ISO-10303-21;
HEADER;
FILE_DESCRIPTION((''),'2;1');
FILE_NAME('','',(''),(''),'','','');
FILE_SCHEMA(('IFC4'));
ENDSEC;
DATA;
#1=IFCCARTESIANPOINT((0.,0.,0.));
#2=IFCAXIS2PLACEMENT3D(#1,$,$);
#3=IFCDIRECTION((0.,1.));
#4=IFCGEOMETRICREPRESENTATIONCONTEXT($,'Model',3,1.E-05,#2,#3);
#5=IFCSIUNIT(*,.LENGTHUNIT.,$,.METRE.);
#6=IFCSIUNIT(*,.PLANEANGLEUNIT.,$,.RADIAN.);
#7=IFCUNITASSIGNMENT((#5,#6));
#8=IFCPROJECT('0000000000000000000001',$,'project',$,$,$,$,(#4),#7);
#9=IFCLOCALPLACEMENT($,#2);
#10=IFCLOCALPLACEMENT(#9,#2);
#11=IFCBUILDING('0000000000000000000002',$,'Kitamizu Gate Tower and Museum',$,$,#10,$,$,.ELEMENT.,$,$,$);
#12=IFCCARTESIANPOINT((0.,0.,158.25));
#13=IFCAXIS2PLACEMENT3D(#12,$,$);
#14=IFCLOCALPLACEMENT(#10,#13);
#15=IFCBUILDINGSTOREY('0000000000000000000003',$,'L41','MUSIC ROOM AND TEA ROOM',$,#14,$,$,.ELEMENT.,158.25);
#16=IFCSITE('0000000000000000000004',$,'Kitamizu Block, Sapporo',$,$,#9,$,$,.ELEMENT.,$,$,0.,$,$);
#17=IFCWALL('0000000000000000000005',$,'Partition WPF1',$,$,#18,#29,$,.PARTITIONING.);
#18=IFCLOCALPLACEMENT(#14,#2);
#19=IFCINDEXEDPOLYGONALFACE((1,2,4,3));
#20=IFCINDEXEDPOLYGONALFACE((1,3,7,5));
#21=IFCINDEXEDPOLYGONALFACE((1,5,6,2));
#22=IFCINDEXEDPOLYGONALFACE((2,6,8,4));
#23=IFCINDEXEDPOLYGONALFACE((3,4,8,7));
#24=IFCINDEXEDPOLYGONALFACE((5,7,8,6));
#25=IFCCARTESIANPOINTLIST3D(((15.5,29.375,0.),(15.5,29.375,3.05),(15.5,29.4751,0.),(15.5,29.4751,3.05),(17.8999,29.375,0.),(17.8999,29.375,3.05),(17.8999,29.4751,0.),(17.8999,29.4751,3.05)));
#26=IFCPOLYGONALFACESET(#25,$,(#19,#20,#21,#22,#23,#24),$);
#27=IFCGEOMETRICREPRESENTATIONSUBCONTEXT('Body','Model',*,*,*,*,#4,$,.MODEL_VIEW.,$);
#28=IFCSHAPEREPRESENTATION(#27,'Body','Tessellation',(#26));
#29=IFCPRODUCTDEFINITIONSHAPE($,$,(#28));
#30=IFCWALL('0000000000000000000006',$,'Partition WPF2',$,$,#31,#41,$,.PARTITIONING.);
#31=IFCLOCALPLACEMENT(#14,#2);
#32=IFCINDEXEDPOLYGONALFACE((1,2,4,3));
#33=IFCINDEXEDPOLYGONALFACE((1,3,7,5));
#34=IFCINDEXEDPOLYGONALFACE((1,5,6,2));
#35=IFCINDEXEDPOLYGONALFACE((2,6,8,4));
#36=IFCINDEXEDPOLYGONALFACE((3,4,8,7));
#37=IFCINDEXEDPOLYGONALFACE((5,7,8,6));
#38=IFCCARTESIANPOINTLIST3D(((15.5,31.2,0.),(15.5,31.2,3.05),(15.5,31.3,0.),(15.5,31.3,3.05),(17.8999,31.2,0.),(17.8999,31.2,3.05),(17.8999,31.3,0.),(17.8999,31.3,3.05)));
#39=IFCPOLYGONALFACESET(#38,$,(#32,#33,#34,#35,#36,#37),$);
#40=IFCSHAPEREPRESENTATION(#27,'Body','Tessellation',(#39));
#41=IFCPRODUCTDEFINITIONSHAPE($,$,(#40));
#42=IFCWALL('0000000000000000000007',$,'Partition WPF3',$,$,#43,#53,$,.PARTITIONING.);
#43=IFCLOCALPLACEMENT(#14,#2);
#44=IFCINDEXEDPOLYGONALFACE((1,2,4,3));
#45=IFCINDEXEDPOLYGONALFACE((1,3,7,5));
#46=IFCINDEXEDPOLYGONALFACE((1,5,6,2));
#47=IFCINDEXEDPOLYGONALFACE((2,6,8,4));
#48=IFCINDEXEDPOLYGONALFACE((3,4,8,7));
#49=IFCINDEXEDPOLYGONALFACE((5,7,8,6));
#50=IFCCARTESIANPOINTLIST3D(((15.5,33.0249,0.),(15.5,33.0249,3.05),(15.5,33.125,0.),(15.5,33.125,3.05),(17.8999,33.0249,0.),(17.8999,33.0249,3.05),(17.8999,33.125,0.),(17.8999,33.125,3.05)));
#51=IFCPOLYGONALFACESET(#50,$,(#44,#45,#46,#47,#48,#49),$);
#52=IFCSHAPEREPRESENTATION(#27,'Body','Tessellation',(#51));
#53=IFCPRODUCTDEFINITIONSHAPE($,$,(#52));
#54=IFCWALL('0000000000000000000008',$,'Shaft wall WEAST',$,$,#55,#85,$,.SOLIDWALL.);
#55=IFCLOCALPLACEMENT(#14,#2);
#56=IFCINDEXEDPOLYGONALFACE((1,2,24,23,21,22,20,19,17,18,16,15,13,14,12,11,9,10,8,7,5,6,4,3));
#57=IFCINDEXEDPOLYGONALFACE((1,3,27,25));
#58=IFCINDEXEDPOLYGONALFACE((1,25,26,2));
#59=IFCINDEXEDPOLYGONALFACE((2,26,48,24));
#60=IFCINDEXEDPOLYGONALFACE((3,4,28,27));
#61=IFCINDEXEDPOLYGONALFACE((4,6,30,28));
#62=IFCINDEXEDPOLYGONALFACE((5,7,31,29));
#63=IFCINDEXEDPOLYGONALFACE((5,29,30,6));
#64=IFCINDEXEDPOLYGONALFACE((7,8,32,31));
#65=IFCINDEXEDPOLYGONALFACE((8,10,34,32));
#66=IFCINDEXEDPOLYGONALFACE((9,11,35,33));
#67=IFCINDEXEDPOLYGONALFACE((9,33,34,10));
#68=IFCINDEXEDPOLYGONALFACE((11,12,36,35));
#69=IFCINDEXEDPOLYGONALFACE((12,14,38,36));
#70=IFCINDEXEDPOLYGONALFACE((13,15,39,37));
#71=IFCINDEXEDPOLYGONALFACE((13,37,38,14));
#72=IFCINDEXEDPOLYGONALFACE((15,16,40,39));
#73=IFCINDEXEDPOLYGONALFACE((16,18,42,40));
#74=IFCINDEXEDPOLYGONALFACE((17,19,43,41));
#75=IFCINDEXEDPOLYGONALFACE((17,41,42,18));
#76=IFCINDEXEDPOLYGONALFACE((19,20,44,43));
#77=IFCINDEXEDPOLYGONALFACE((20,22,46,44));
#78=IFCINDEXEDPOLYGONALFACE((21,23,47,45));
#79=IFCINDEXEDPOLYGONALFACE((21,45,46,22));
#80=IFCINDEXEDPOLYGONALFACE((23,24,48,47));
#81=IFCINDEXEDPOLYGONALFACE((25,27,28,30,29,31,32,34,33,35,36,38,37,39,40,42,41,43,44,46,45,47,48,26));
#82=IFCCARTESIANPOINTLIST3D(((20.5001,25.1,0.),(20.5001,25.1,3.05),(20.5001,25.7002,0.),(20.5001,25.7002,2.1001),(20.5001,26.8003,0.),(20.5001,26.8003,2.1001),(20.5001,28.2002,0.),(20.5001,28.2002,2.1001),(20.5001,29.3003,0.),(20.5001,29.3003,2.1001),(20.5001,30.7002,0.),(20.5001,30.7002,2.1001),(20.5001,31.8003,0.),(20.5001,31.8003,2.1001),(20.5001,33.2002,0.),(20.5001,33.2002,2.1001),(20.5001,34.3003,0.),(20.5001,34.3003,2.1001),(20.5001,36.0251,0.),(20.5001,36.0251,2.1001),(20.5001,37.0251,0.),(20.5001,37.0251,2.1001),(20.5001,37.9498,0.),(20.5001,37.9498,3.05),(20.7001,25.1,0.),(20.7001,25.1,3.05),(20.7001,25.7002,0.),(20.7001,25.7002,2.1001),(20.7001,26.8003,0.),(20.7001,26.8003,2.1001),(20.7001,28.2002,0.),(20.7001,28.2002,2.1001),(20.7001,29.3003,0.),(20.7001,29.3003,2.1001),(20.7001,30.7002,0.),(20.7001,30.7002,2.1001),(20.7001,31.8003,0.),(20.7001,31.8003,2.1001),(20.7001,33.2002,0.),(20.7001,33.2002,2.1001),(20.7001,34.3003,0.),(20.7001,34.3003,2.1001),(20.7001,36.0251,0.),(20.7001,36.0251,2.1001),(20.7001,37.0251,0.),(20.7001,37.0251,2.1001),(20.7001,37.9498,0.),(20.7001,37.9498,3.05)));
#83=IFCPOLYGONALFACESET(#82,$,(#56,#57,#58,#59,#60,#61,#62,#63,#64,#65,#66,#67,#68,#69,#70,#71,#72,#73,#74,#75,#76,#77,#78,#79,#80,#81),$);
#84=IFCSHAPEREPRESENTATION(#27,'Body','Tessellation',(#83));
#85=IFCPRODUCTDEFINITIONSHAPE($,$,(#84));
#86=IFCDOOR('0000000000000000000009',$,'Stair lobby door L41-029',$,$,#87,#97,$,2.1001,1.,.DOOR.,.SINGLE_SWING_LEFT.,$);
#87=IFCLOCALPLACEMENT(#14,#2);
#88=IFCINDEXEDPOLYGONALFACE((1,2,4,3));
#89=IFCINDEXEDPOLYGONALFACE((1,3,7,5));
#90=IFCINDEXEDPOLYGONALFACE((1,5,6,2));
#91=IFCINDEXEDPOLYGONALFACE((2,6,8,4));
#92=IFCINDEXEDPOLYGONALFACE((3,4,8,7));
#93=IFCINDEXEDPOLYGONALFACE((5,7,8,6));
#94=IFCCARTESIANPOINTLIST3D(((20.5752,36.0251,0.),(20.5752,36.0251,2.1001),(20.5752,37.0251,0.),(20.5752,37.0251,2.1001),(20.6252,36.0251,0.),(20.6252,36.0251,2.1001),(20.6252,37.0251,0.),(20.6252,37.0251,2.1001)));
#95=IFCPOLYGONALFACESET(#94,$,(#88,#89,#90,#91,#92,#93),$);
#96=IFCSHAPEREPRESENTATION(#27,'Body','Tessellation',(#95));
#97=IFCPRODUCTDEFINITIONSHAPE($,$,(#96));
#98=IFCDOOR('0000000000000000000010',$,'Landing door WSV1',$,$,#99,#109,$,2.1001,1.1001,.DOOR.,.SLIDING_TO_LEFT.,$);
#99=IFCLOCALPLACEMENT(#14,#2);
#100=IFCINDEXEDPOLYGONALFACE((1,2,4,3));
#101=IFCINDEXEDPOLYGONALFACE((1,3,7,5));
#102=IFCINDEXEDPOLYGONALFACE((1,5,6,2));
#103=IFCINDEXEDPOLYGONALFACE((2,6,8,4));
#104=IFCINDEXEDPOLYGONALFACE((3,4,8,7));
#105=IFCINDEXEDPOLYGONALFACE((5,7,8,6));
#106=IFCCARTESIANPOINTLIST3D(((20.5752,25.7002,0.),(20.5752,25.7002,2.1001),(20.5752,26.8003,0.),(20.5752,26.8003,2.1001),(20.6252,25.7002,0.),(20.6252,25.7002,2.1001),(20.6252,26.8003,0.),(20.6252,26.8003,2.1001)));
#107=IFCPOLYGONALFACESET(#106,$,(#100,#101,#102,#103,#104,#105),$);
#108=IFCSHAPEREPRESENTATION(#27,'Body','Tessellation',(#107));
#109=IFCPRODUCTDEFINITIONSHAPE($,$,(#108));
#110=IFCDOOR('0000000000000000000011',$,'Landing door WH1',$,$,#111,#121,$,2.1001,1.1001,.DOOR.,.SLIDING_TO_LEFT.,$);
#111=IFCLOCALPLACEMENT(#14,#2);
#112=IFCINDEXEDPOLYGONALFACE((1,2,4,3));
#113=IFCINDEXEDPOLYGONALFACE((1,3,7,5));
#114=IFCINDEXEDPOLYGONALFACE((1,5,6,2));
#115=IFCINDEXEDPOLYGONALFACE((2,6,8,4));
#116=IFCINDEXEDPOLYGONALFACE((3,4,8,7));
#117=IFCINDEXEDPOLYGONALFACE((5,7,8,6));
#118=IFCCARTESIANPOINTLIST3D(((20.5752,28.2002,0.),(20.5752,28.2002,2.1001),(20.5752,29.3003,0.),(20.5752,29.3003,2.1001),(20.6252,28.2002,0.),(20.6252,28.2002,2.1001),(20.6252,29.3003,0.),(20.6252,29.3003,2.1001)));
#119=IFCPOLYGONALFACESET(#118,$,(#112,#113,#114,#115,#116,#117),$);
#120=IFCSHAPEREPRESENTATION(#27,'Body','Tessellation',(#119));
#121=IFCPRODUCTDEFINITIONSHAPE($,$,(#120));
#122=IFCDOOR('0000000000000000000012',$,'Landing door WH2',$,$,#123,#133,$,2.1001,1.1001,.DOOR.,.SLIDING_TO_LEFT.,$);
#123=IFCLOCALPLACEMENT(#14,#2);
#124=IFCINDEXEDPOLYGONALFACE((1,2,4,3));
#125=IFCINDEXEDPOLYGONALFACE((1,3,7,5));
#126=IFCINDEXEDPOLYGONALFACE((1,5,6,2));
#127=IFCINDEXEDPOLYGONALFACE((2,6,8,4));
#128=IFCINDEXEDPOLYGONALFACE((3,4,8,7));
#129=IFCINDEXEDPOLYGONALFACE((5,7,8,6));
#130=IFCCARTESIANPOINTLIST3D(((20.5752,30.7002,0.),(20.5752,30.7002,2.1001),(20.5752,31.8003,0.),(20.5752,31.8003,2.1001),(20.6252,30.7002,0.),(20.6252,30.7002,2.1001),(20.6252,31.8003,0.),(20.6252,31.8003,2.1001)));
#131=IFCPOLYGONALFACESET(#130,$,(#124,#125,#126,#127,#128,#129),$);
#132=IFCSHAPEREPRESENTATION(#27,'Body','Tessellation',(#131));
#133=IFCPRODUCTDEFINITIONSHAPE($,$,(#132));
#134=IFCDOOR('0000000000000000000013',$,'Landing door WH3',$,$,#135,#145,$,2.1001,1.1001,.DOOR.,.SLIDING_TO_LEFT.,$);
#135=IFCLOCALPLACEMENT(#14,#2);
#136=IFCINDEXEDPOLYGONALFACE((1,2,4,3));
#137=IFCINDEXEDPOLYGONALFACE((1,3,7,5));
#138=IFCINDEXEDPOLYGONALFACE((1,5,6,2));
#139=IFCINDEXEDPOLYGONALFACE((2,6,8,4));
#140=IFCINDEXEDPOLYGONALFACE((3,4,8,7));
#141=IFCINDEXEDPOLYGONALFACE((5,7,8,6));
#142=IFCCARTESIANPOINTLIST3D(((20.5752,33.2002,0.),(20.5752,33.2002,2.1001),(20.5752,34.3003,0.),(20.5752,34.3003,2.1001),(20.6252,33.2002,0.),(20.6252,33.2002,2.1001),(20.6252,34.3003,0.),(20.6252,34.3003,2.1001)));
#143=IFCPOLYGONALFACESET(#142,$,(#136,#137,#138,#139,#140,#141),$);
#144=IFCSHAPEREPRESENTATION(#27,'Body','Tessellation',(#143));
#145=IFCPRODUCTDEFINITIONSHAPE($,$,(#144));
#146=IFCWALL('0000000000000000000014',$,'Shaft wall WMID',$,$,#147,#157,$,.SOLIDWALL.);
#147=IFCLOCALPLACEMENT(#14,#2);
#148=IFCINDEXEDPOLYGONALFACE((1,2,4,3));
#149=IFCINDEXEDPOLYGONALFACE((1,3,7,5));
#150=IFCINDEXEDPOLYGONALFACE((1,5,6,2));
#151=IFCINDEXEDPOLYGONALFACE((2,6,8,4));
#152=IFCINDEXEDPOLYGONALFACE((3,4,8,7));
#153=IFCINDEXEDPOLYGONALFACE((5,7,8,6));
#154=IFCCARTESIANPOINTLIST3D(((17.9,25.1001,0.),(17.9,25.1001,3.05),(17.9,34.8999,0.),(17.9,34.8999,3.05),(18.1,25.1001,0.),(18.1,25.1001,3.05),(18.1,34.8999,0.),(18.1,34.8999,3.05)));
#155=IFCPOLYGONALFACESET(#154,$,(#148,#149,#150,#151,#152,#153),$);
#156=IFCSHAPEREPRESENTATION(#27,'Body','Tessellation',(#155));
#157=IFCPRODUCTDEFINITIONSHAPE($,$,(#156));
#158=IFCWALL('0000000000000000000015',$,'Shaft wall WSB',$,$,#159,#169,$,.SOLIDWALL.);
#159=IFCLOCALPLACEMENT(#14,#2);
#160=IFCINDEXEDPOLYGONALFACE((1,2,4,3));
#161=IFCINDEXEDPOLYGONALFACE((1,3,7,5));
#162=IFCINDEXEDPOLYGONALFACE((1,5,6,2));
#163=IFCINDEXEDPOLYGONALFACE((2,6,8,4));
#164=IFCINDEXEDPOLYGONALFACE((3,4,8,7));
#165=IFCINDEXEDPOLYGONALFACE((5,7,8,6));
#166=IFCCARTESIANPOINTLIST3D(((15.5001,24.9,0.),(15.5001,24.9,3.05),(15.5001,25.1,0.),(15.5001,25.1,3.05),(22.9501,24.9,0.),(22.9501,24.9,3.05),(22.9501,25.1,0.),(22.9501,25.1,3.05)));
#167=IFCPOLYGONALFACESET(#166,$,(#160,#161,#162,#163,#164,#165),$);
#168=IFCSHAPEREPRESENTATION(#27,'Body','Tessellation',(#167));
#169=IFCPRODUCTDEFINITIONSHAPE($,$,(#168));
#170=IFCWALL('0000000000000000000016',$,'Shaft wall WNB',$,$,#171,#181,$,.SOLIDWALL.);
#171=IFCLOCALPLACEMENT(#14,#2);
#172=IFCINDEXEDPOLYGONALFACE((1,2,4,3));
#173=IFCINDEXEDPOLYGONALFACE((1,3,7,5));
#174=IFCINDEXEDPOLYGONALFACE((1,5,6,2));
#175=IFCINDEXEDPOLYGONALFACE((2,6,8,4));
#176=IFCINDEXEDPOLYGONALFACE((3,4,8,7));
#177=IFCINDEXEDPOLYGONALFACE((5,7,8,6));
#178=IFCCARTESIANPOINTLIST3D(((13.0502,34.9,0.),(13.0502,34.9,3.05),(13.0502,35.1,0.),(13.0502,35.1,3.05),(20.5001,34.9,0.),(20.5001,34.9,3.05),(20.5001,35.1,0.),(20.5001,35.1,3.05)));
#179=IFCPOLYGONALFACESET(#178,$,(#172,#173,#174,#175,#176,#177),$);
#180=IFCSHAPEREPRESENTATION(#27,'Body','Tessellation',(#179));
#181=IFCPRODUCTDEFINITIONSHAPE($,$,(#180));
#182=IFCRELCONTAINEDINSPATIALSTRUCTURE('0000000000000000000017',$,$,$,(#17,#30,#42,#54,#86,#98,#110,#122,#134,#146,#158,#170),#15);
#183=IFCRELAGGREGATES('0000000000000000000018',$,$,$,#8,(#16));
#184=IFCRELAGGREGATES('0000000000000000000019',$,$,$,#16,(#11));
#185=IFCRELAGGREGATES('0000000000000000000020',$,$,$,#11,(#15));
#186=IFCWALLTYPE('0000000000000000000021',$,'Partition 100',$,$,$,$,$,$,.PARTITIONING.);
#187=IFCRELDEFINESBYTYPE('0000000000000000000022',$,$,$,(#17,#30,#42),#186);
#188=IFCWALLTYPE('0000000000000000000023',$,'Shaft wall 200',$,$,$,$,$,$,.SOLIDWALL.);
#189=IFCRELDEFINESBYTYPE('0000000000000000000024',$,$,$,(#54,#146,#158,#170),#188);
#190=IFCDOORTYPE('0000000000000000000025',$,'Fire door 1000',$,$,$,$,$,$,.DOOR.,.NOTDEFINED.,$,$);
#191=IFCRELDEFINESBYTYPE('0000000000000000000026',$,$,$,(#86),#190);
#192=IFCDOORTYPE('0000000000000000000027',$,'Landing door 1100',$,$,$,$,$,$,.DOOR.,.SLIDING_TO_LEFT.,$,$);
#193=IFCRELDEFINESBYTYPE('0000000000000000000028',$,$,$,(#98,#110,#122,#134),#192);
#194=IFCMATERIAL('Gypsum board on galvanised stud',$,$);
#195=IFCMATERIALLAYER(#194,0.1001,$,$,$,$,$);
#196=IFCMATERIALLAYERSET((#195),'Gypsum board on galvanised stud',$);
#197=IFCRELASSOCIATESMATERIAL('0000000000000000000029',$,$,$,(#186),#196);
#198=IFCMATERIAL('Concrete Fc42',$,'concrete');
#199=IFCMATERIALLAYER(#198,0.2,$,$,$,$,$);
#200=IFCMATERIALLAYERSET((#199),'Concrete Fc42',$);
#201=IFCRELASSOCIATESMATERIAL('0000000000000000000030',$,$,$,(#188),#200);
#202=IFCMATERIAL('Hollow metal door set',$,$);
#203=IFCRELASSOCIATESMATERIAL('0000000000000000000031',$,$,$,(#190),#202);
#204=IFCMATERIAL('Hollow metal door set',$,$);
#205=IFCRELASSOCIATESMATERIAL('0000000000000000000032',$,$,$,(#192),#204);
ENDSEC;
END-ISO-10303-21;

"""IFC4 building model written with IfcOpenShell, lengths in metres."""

from ifc_helpers import new_model, si_unit, direction, frame, frame_2d, origin, place, context, subcontext, project, spatial, rectangle, extrude, material, layer, layer_set, type_object, element, fill, save


model = new_model("IFC4")

# Units and contexts
model_context = context("Model", 3, precision=1e-05, world=origin(), true_north=direction((0.0, 1.0)))
body_context = subcontext(model_context, "Body", "Model", "MODEL_VIEW")
ifc_project = project(units=[si_unit("LENGTHUNIT", "METRE"), si_unit("PLANEANGLEUNIT", "RADIAN")], contexts=[model_context])

# Site, building, storey
site_placement = place(None, origin())
site = spatial("IfcSite", under=ifc_project, at=site_placement, Name="Kitamizu Block, Sapporo", CompositionType="ELEMENT", RefElevation=0.0)
building_placement = place(site_placement, origin())
building = spatial("IfcBuilding", under=site, at=building_placement, Name="Kitamizu Gate Tower and Museum", CompositionType="ELEMENT")
storey_placement = place(building_placement, frame((0.0, 0.0, 158.25)))
storey = spatial("IfcBuildingStorey", under=building, at=storey_placement, Name="L41", Description="MUSIC ROOM AND TEA ROOM", CompositionType="ELEMENT", Elevation=158.25)

# Walls
ifc_material_1 = material(Name="Gypsum board on galvanised stud")
ifc_layer_1 = layer(ifc_material_1, 0.1001)
ifc_layer_set_1 = layer_set([ifc_layer_1], Name="Gypsum board on galvanised stud")
wall_type_1 = type_object("IfcWallType", Name="Partition 100", PredefinedType="PARTITIONING", material=ifc_layer_set_1)
for number, where, z_axis, x_axis, name in (
    (1, (15.5, 29.425, 0.0), (0.0, 0.0, 1.0), (1.0, 0.0, 0.0), "Partition WPF1"),
    (2, (15.5, 31.25, 0.0), (0.0, 0.0, 1.0), (1.0, 0.0, 0.0), "Partition WPF2"),
    (3, (15.5, 33.075, 0.0), (0.0, 0.0, 1.0), (1.0, 0.0, 0.0), "Partition WPF3"),
):
    element("IfcWall", number, at=place(storey_placement, frame(where, z_axis=z_axis, x_axis=x_axis)), inside=storey, type_object=wall_type_1, Name=name, PredefinedType="PARTITIONING", context=body_context, shape_type="SweptSolid", body=[
        extrude(rectangle(XDim=2.3999, YDim=0.1001, at=frame_2d((1.2, 0.0))), origin(), (0.0, 0.0, 1.0), 3.05),
    ])

# Wall, openings, doors
ifc_material_2 = material(Name="Concrete Fc42", Category="concrete")
ifc_layer_2 = layer(ifc_material_2, 0.2)
ifc_layer_set_2 = layer_set([ifc_layer_2], Name="Concrete Fc42")
wall_type_2 = type_object("IfcWallType", Name="Shaft wall 200", PredefinedType="SOLIDWALL", material=ifc_layer_set_2)
wall_1_placement = place(storey_placement, frame((20.6001, 25.1001, 0.0), z_axis=(0.0, 0.0, 1.0), x_axis=(0.0, 1.0, 0.0)))
wall_1 = element("IfcWall", 4, at=wall_1_placement, inside=storey, type_object=wall_type_2, Name="Shaft wall WEAST", PredefinedType="SOLIDWALL", context=body_context, shape_type="SweptSolid", body=[
    extrude(rectangle(XDim=12.8499, YDim=0.2, at=frame_2d((6.4248, 0.0))), origin(), (0.0, 0.0, 1.0), 3.05),
])
opening_1_placement = place(wall_1_placement, frame((0.6001, 0.0, 0.0)))
opening_1 = element("IfcOpeningElement", 5, at=opening_1_placement, cuts=wall_1, PredefinedType="OPENING", context=body_context, shape_type="SweptSolid", body=[
    extrude(rectangle(XDim=1.1001, YDim=2.1001, at=frame_2d((0.55, 1.05))), frame((0.0, 0.1099, 0.0), z_axis=(0.0, -1.0, 0.0), x_axis=(1.0, 0.0, 0.0)), (0.0, 0.0, 1.0), 0.22),
])
opening_2_placement = place(wall_1_placement, frame((3.1001, 0.0, 0.0)))
opening_2 = element("IfcOpeningElement", 6, at=opening_2_placement, cuts=wall_1, PredefinedType="OPENING", context=body_context, shape_type="SweptSolid", body=[
    extrude(rectangle(XDim=1.1001, YDim=2.1001, at=frame_2d((0.55, 1.05))), frame((0.0, 0.1099, 0.0), z_axis=(0.0, -1.0, 0.0), x_axis=(1.0, 0.0, 0.0)), (0.0, 0.0, 1.0), 0.22),
])
opening_3_placement = place(wall_1_placement, frame((5.6001, 0.0, 0.0)))
opening_3 = element("IfcOpeningElement", 7, at=opening_3_placement, cuts=wall_1, PredefinedType="OPENING", context=body_context, shape_type="SweptSolid", body=[
    extrude(rectangle(XDim=1.1001, YDim=2.1001, at=frame_2d((0.55, 1.05))), frame((0.0, 0.1099, 0.0), z_axis=(0.0, -1.0, 0.0), x_axis=(1.0, 0.0, 0.0)), (0.0, 0.0, 1.0), 0.22),
])
opening_4_placement = place(wall_1_placement, frame((8.1001, 0.0, 0.0)))
opening_4 = element("IfcOpeningElement", 8, at=opening_4_placement, cuts=wall_1, PredefinedType="OPENING", context=body_context, shape_type="SweptSolid", body=[
    extrude(rectangle(XDim=1.1001, YDim=2.1001, at=frame_2d((0.55, 1.05))), frame((0.0, 0.1099, 0.0), z_axis=(0.0, -1.0, 0.0), x_axis=(1.0, 0.0, 0.0)), (0.0, 0.0, 1.0), 0.22),
])
opening_5_placement = place(wall_1_placement, frame((10.925, 0.0, 0.0)))
opening_5 = element("IfcOpeningElement", 9, at=opening_5_placement, cuts=wall_1, PredefinedType="OPENING", context=body_context, shape_type="SweptSolid", body=[
    extrude(rectangle(XDim=1.0, YDim=2.1001, at=frame_2d((0.5, 1.05))), frame((0.0, 0.1099, 0.0), z_axis=(0.0, -1.0, 0.0), x_axis=(1.0, 0.0, 0.0)), (0.0, 0.0, 1.0), 0.22),
])
ifc_material_3 = material(Name="Hollow metal door set")
door_type_1 = type_object("IfcDoorType", Name="Fire door 1000", OperationType="NOTDEFINED", PredefinedType="DOOR", material=ifc_material_3)
door_1_placement = place(opening_5_placement, origin())
door_1 = element("IfcDoor", 10, at=door_1_placement, inside=storey, type_object=door_type_1, Name="Stair lobby door L41-029", OperationType="SINGLE_SWING_LEFT", OverallHeight=2.1001, OverallWidth=1.0, PredefinedType="DOOR", context=body_context, shape_type="SweptSolid", body=[
    extrude(rectangle(XDim=1.0, YDim=2.1001, at=frame_2d((0.5, 1.05))), frame((0.0, 0.0249, 0.0), z_axis=(0.0, -1.0, 0.0), x_axis=(1.0, 0.0, 0.0)), (0.0, 0.0, 1.0), 0.05),
])
fill(opening_5, door_1)
ifc_material_4 = material(Name="Hollow metal door set")
door_type_2 = type_object("IfcDoorType", Name="Landing door 1100", OperationType="SLIDING_TO_LEFT", PredefinedType="DOOR", material=ifc_material_4)
door_2_placement = place(opening_1_placement, origin())
door_2 = element("IfcDoor", 11, at=door_2_placement, inside=storey, type_object=door_type_2, Name="Landing door WSV1", OperationType="SLIDING_TO_LEFT", OverallHeight=2.1001, OverallWidth=1.1001, PredefinedType="DOOR", context=body_context, shape_type="SweptSolid", body=[
    extrude(rectangle(XDim=1.1001, YDim=2.1001, at=frame_2d((0.55, 1.05))), frame((0.0, 0.0249, 0.0), z_axis=(0.0, -1.0, 0.0), x_axis=(1.0, 0.0, 0.0)), (0.0, 0.0, 1.0), 0.05),
])
fill(opening_1, door_2)
door_3_placement = place(opening_2_placement, origin())
door_3 = element("IfcDoor", 12, at=door_3_placement, inside=storey, type_object=door_type_2, Name="Landing door WH1", OperationType="SLIDING_TO_LEFT", OverallHeight=2.1001, OverallWidth=1.1001, PredefinedType="DOOR", context=body_context, shape_type="SweptSolid", body=[
    extrude(rectangle(XDim=1.1001, YDim=2.1001, at=frame_2d((0.55, 1.05))), frame((0.0, 0.0249, 0.0), z_axis=(0.0, -1.0, 0.0), x_axis=(1.0, 0.0, 0.0)), (0.0, 0.0, 1.0), 0.05),
])
fill(opening_2, door_3)
door_4_placement = place(opening_3_placement, origin())
door_4 = element("IfcDoor", 13, at=door_4_placement, inside=storey, type_object=door_type_2, Name="Landing door WH2", OperationType="SLIDING_TO_LEFT", OverallHeight=2.1001, OverallWidth=1.1001, PredefinedType="DOOR", context=body_context, shape_type="SweptSolid", body=[
    extrude(rectangle(XDim=1.1001, YDim=2.1001, at=frame_2d((0.55, 1.05))), frame((0.0, 0.0249, 0.0), z_axis=(0.0, -1.0, 0.0), x_axis=(1.0, 0.0, 0.0)), (0.0, 0.0, 1.0), 0.05),
])
fill(opening_3, door_4)
door_5_placement = place(opening_4_placement, origin())
door_5 = element("IfcDoor", 14, at=door_5_placement, inside=storey, type_object=door_type_2, Name="Landing door WH3", OperationType="SLIDING_TO_LEFT", OverallHeight=2.1001, OverallWidth=1.1001, PredefinedType="DOOR", context=body_context, shape_type="SweptSolid", body=[
    extrude(rectangle(XDim=1.1001, YDim=2.1001, at=frame_2d((0.55, 1.05))), frame((0.0, 0.0249, 0.0), z_axis=(0.0, -1.0, 0.0), x_axis=(1.0, 0.0, 0.0)), (0.0, 0.0, 1.0), 0.05),
])
fill(opening_4, door_5)

# Walls
wall_2_placement = place(storey_placement, frame((18.0, 25.1001, 0.0), z_axis=(0.0, 0.0, 1.0), x_axis=(0.0, 1.0, 0.0)))
element("IfcWall", 15, at=wall_2_placement, inside=storey, type_object=wall_type_2, Name="Shaft wall WMID", PredefinedType="SOLIDWALL", context=body_context, shape_type="SweptSolid", body=[
    extrude(rectangle(XDim=9.7998, YDim=0.2, at=frame_2d((4.8999, 0.0))), origin(), (0.0, 0.0, 1.0), 3.05),
])
for number, where, z_axis, x_axis, name in (
    (16, (15.5, 25.0, 0.0), (0.0, 0.0, 1.0), (1.0, 0.0, 0.0), "Shaft wall WSB"),
    (17, (13.05, 35.0, 0.0), (0.0, 0.0, 1.0), (1.0, 0.0, 0.0), "Shaft wall WNB"),
):
    element("IfcWall", number, at=place(storey_placement, frame(where, z_axis=z_axis, x_axis=x_axis)), inside=storey, type_object=wall_type_2, Name=name, PredefinedType="SOLIDWALL", context=body_context, shape_type="SweptSolid", body=[
        extrude(rectangle(XDim=7.45, YDim=0.2, at=frame_2d((3.7251, 0.0))), origin(), (0.0, 0.0, 1.0), 3.05),
    ])

save(model, "model.ifc")
